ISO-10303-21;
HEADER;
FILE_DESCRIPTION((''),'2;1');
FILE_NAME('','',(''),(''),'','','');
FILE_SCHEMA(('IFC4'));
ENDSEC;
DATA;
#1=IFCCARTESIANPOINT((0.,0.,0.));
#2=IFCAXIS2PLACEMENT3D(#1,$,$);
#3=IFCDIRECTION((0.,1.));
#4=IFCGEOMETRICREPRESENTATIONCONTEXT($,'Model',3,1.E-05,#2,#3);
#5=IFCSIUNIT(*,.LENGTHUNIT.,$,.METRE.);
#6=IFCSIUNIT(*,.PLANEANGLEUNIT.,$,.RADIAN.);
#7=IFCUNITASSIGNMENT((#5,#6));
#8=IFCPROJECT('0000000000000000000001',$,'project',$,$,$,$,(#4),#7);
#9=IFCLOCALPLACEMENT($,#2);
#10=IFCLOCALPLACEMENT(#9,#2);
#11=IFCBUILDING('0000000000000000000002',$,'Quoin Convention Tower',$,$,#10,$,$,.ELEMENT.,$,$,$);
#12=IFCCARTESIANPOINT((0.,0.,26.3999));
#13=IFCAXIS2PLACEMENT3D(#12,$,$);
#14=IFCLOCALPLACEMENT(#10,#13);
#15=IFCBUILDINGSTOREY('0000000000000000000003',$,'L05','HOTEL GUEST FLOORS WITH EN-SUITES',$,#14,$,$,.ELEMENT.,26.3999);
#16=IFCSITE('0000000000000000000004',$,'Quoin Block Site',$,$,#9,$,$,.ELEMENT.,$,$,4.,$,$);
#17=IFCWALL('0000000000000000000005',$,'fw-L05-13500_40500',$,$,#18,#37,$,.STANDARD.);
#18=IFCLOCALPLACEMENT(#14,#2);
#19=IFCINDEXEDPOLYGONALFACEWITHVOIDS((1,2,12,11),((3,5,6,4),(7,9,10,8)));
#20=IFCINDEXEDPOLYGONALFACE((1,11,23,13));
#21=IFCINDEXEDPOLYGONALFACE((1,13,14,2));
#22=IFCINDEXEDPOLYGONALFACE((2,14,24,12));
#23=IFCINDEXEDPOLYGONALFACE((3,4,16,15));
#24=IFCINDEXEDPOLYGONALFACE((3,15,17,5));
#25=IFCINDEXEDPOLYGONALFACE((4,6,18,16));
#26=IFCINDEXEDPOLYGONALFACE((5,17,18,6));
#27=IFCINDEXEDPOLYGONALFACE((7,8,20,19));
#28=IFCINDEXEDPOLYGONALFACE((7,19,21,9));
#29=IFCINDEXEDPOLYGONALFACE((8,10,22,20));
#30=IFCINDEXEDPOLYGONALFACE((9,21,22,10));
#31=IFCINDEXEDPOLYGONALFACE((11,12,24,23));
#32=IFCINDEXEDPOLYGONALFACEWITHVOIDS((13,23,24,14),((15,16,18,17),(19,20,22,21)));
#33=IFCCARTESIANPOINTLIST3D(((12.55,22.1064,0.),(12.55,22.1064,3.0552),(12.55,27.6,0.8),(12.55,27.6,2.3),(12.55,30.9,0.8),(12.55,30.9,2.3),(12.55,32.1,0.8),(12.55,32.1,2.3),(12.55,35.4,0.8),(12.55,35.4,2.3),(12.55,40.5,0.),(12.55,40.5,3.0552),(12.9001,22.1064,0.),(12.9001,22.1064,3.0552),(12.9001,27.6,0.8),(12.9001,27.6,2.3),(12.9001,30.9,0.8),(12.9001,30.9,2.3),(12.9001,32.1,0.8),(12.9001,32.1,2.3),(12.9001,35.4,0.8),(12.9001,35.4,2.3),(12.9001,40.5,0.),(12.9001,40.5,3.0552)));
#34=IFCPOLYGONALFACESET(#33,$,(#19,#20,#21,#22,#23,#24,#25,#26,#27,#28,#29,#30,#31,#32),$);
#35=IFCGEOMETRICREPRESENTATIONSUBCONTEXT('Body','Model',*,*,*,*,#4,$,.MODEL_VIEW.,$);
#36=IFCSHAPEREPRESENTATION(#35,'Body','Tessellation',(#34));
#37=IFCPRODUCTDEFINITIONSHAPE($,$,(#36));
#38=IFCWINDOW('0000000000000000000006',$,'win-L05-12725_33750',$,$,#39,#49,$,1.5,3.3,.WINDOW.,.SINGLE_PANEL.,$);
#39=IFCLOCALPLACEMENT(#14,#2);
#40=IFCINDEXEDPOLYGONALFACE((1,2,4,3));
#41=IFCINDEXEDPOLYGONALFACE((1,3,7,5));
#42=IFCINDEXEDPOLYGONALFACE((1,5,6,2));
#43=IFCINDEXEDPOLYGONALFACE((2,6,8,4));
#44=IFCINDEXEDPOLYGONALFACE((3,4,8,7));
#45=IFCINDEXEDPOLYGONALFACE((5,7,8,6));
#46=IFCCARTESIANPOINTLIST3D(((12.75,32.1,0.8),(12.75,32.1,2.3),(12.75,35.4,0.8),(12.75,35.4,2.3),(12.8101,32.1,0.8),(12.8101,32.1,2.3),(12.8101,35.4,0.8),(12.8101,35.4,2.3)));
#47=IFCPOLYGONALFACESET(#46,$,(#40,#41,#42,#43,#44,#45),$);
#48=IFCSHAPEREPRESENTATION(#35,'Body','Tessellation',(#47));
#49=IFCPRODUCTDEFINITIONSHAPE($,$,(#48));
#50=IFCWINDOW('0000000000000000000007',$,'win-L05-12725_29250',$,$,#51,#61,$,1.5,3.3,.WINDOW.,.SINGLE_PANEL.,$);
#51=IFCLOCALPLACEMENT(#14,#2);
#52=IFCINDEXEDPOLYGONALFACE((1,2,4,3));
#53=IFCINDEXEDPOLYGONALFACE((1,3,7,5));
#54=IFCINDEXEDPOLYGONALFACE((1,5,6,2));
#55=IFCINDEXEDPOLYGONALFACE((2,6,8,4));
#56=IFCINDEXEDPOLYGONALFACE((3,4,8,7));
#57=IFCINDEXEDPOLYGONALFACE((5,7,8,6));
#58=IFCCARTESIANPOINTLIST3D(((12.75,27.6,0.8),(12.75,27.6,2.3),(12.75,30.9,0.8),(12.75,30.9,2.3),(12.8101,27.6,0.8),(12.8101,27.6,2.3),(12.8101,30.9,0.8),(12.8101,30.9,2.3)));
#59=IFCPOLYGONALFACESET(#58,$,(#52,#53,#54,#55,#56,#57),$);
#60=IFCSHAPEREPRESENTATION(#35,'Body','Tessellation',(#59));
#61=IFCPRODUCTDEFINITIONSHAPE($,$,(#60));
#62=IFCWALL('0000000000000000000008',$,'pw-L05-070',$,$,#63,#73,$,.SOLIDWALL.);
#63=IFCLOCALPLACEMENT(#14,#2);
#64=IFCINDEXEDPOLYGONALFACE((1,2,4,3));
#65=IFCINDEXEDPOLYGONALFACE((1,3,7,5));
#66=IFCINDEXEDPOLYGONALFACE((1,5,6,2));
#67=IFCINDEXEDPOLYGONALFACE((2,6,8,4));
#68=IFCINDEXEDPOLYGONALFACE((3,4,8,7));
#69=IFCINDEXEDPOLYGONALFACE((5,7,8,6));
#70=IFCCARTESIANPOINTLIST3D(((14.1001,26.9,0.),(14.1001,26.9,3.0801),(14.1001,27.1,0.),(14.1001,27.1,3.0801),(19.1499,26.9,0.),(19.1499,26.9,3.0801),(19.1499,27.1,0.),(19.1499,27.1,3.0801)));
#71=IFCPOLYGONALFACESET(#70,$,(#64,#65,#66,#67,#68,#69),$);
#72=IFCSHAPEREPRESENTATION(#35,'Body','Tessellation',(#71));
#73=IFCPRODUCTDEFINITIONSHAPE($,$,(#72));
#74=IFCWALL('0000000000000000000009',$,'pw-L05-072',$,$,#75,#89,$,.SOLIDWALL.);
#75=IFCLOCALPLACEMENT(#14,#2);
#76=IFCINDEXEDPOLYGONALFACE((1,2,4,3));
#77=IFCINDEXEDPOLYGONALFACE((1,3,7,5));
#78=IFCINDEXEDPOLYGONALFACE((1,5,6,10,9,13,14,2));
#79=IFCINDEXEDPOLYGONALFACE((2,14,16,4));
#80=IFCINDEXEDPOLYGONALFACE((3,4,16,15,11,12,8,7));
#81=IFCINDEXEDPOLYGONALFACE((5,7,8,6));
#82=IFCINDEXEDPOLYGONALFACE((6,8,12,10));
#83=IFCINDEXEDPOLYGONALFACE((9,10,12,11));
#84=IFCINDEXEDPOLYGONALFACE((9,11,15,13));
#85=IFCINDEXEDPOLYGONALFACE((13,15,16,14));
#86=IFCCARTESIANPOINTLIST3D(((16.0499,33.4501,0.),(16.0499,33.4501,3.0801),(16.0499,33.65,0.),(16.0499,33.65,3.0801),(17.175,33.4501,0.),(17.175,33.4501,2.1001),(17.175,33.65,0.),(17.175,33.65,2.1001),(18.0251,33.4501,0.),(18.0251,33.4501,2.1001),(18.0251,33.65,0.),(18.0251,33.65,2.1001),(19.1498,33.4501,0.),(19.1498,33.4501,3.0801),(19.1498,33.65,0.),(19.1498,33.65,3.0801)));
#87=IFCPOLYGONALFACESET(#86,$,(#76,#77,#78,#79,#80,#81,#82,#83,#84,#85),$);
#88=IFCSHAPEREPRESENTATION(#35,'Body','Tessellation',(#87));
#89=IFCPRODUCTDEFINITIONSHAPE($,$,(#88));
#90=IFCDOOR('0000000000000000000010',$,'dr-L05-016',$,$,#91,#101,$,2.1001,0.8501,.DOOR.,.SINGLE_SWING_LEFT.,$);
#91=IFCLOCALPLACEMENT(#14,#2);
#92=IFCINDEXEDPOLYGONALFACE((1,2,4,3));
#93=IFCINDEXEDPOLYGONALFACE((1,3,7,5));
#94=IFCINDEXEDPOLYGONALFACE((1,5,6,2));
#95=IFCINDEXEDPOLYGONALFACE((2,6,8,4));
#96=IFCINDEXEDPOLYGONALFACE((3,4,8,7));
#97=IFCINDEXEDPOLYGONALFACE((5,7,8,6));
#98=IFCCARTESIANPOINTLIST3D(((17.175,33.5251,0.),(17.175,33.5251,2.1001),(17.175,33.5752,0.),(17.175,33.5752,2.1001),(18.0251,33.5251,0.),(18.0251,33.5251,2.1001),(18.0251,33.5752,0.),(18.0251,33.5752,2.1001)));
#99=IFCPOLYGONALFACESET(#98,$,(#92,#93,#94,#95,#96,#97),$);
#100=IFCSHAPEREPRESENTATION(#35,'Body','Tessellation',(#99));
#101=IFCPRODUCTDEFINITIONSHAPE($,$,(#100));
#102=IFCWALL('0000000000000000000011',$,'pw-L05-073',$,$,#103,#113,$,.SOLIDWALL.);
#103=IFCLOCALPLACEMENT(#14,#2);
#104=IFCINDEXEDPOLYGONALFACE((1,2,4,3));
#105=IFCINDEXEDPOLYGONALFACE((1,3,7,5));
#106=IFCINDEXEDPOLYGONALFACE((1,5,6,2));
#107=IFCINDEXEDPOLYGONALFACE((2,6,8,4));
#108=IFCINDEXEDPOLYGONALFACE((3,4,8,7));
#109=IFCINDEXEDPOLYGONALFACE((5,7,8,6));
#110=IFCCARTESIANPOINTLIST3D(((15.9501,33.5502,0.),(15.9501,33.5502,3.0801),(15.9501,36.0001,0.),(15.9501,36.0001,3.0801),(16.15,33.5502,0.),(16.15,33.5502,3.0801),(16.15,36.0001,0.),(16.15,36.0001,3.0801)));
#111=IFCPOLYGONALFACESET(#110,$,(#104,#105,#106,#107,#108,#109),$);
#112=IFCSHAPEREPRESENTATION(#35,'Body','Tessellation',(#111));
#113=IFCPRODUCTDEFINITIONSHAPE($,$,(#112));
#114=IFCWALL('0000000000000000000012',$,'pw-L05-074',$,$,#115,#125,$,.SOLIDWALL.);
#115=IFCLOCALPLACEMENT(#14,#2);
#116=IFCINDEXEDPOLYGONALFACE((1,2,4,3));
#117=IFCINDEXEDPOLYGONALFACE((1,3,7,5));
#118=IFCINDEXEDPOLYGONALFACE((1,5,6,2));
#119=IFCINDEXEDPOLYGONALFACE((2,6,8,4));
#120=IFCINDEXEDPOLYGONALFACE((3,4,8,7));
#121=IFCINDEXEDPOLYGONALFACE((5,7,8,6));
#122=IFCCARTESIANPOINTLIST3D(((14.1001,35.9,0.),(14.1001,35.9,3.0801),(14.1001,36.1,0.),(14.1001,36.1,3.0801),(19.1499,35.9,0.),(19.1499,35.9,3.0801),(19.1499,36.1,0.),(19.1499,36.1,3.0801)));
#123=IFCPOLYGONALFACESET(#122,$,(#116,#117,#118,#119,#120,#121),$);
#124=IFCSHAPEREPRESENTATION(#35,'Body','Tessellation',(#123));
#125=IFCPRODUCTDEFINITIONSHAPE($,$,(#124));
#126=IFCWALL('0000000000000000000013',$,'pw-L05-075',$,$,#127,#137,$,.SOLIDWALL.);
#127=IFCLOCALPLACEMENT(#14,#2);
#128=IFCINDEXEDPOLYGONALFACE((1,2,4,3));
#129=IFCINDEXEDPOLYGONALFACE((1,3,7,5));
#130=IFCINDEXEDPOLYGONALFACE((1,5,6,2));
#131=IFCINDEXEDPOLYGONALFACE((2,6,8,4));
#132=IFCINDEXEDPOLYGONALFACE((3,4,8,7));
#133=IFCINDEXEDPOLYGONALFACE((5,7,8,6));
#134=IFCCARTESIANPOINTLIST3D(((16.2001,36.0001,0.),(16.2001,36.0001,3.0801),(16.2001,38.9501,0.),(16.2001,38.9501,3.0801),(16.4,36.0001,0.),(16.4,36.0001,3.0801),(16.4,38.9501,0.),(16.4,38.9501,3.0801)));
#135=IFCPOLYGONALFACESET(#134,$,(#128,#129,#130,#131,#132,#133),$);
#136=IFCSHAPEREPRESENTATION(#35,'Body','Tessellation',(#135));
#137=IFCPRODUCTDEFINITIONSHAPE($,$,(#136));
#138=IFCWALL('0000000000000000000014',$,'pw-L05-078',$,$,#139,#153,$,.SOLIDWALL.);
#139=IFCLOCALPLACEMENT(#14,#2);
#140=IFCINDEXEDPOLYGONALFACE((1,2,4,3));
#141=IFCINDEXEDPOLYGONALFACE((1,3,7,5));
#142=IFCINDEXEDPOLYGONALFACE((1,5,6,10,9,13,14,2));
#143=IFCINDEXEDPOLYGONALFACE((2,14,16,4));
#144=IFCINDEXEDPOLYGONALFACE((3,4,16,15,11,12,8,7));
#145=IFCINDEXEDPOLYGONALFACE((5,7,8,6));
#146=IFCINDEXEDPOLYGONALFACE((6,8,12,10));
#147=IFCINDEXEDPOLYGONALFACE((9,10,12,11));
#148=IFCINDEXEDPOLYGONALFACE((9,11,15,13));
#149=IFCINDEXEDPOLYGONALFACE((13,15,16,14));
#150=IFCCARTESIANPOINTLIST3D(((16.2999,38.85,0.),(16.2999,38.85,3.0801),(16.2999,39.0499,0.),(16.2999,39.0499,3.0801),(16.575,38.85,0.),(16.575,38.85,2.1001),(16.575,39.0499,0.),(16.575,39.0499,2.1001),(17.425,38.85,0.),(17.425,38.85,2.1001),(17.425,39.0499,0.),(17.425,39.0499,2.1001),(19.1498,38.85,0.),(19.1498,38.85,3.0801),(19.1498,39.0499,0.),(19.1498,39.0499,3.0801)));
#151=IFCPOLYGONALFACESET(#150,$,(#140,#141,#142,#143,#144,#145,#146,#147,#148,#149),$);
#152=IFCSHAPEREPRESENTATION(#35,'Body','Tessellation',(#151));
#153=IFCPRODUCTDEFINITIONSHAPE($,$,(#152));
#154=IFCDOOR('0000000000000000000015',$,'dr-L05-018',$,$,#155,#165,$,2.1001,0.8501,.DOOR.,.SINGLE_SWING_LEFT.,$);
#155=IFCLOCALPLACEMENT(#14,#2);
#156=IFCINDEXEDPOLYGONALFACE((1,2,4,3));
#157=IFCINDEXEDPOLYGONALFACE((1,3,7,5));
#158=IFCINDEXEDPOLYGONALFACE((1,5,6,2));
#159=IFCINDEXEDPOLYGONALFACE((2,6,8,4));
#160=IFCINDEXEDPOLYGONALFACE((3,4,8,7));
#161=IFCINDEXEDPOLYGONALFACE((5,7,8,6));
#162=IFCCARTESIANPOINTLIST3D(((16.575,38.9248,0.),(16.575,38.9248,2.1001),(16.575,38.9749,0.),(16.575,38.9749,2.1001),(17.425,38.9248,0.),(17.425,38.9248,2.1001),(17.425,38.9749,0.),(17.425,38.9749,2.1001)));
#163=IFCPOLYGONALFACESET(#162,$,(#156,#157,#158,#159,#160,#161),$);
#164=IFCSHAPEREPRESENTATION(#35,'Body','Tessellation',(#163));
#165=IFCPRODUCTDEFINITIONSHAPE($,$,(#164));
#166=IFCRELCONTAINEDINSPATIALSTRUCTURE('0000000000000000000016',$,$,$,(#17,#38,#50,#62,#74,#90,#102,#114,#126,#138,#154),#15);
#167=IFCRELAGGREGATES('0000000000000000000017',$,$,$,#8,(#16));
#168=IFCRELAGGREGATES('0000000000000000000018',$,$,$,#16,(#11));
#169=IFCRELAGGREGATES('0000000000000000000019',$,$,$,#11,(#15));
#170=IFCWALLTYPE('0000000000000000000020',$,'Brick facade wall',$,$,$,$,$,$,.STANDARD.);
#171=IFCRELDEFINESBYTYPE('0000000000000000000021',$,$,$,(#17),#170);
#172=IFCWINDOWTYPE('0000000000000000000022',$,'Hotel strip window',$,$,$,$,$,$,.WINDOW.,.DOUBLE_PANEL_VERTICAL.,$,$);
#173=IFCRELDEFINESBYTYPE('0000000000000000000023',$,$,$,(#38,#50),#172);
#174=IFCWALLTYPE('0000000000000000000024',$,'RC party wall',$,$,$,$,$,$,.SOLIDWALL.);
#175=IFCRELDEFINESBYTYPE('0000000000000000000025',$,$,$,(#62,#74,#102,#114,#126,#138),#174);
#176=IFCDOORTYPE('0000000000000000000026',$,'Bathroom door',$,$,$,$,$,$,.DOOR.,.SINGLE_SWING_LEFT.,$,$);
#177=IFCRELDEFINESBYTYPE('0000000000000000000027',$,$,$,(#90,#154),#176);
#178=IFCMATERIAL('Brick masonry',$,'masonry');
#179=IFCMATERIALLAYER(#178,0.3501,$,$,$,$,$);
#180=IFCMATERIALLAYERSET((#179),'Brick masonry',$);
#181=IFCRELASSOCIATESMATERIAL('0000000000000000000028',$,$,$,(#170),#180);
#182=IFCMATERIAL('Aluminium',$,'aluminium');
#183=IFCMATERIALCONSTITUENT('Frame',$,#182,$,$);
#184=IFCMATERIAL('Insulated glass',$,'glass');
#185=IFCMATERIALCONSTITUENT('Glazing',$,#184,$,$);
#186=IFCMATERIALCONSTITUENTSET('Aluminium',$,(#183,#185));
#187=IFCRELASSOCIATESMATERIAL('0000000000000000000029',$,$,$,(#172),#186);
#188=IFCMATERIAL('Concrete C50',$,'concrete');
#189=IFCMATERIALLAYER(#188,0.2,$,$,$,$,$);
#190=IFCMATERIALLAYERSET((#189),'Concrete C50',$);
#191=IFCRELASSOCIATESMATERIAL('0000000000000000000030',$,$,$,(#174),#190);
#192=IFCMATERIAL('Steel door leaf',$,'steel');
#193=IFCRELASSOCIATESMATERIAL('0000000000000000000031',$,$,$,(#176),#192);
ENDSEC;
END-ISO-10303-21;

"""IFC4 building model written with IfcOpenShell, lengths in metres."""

from ifc_helpers import new_model, si_unit, direction, frame, frame_2d, origin, place, context, subcontext, project, spatial, rectangle, extrude, material, layer, layer_set, constituent, constituent_set, type_object, element, fill, save


model = new_model("IFC4")

# Units and contexts
model_context = context("Model", 3, precision=1e-05, world=origin(), true_north=direction((0.0, 1.0)))
body_context = subcontext(model_context, "Body", "Model", "MODEL_VIEW")
ifc_project = project(units=[si_unit("LENGTHUNIT", "METRE"), si_unit("PLANEANGLEUNIT", "RADIAN")], contexts=[model_context])

# Site, building, storey
site_placement = place(None, origin())
site = spatial("IfcSite", under=ifc_project, at=site_placement, Name="Quoin Block Site", CompositionType="ELEMENT", RefElevation=4.0)
building_placement = place(site_placement, origin())
building = spatial("IfcBuilding", under=site, at=building_placement, Name="Quoin Convention Tower", CompositionType="ELEMENT")
storey_placement = place(building_placement, frame((0.0, 0.0, 26.3999)))
storey = spatial("IfcBuildingStorey", under=building, at=storey_placement, Name="L05", Description="HOTEL GUEST FLOORS WITH EN-SUITES", CompositionType="ELEMENT", Elevation=26.3999)

# Wall, openings, windows
ifc_material_1 = material(Name="Brick masonry", Category="masonry")
ifc_layer_1 = layer(ifc_material_1, 0.3501)
ifc_layer_set_1 = layer_set([ifc_layer_1], Name="Brick masonry")
wall_type_1 = type_object("IfcWallType", Name="Brick facade wall", PredefinedType="STANDARD", material=ifc_layer_set_1)
wall_1_placement = place(storey_placement, frame((12.7251, 40.5, 0.0), z_axis=(0.0, 0.0, 1.0), x_axis=(0.0, -1.0, 0.0)))
wall_1 = element("IfcWall", 1, at=wall_1_placement, inside=storey, type_object=wall_type_1, Name="fw-L05-13500_40500", PredefinedType="STANDARD", context=body_context, shape_type="SweptSolid", body=[
    extrude(rectangle(XDim=18.3936, YDim=0.3501, at=frame_2d((9.1968, 0.0))), origin(), (0.0, 0.0, 1.0), 3.0552),
])
opening_1_placement = place(wall_1_placement, frame((5.1001, 0.0, 0.8)))
opening_1 = element("IfcOpeningElement", 2, at=opening_1_placement, cuts=wall_1, PredefinedType="OPENING", context=body_context, shape_type="SweptSolid", body=[
    extrude(rectangle(XDim=3.3, YDim=1.5, at=frame_2d((1.6499, 0.75))), frame((0.0, 0.1851, 0.0), z_axis=(0.0, -1.0, 0.0), x_axis=(1.0, 0.0, 0.0)), (0.0, 0.0, 1.0), 0.3701),
])
opening_2_placement = place(wall_1_placement, frame((9.6001, 0.0, 0.8)))
opening_2 = element("IfcOpeningElement", 3, at=opening_2_placement, cuts=wall_1, PredefinedType="OPENING", context=body_context, shape_type="SweptSolid", body=[
    extrude(rectangle(XDim=3.3, YDim=1.5, at=frame_2d((1.6499, 0.75))), frame((0.0, 0.1851, 0.0), z_axis=(0.0, -1.0, 0.0), x_axis=(1.0, 0.0, 0.0)), (0.0, 0.0, 1.0), 0.3701),
])
ifc_material_2 = material(Name="Aluminium", Category="aluminium")
ifc_constituent_1 = constituent(ifc_material_2, Name="Frame")
ifc_material_3 = material(Name="Insulated glass", Category="glass")
ifc_constituent_2 = constituent(ifc_material_3, Name="Glazing")
ifc_constituent_set = constituent_set(constituents=[ifc_constituent_1, ifc_constituent_2], Name="Aluminium")
window_type = type_object("IfcWindowType", Name="Hotel strip window", PartitioningType="DOUBLE_PANEL_VERTICAL", PredefinedType="WINDOW", material=ifc_constituent_set)
window_1_placement = place(opening_1_placement, origin())
window_1 = element("IfcWindow", 4, at=window_1_placement, inside=storey, type_object=window_type, Name="win-L05-12725_33750", OverallHeight=1.5, OverallWidth=3.3, PartitioningType="SINGLE_PANEL", PredefinedType="WINDOW", context=body_context, shape_type="SweptSolid", body=[
    extrude(rectangle(XDim=3.3, YDim=1.5, at=frame_2d((1.6499, 0.75))), frame((0.0, 0.085, 0.0), z_axis=(0.0, -1.0, 0.0), x_axis=(1.0, 0.0, 0.0)), (0.0, 0.0, 1.0), 0.0601),
])
fill(opening_1, window_1)
window_2_placement = place(opening_2_placement, origin())
window_2 = element("IfcWindow", 5, at=window_2_placement, inside=storey, type_object=window_type, Name="win-L05-12725_29250", OverallHeight=1.5, OverallWidth=3.3, PartitioningType="SINGLE_PANEL", PredefinedType="WINDOW", context=body_context, shape_type="SweptSolid", body=[
    extrude(rectangle(XDim=3.3, YDim=1.5, at=frame_2d((1.6499, 0.75))), frame((0.0, 0.085, 0.0), z_axis=(0.0, -1.0, 0.0), x_axis=(1.0, 0.0, 0.0)), (0.0, 0.0, 1.0), 0.0601),
])
fill(opening_2, window_2)

# Wall
ifc_material_4 = material(Name="Concrete C50", Category="concrete")
ifc_layer_2 = layer(ifc_material_4, 0.2)
ifc_layer_set_2 = layer_set([ifc_layer_2], Name="Concrete C50")
wall_type_2 = type_object("IfcWallType", Name="RC party wall", PredefinedType="SOLIDWALL", material=ifc_layer_set_2)
wall_2_placement = place(storey_placement, frame((14.1001, 27.0, 0.0), z_axis=(0.0, 0.0, 1.0), x_axis=(1.0, 0.0, 0.0)))
element("IfcWall", 6, at=wall_2_placement, inside=storey, type_object=wall_type_2, Name="pw-L05-070", PredefinedType="SOLIDWALL", context=body_context, shape_type="SweptSolid", body=[
    extrude(rectangle(XDim=5.0498, YDim=0.2, at=frame_2d((2.5249, 0.0))), origin(), (0.0, 0.0, 1.0), 3.0801),
])

# Wall, opening, door
wall_3_placement = place(storey_placement, frame((16.05, 33.55, 0.0), z_axis=(0.0, 0.0, 1.0), x_axis=(1.0, 0.0, 0.0)))
wall_3 = element("IfcWall", 7, at=wall_3_placement, inside=storey, type_object=wall_type_2, Name="pw-L05-072", PredefinedType="SOLIDWALL", context=body_context, shape_type="SweptSolid", body=[
    extrude(rectangle(XDim=3.0999, YDim=0.2, at=frame_2d((1.5498, 0.0))), origin(), (0.0, 0.0, 1.0), 3.0801),
])
opening_3_placement = place(wall_3_placement, frame((1.125, 0.0, 0.0)))
opening_3 = element("IfcOpeningElement", 8, at=opening_3_placement, cuts=wall_3, PredefinedType="OPENING", context=body_context, shape_type="SweptSolid", body=[
    extrude(rectangle(XDim=0.8501, YDim=2.1001, at=frame_2d((0.425, 1.05))), frame((0.0, 0.1099, 0.0), z_axis=(0.0, -1.0, 0.0), x_axis=(1.0, 0.0, 0.0)), (0.0, 0.0, 1.0), 0.22),
])
ifc_material_5 = material(Name="Steel door leaf", Category="steel")
door_type_1 = type_object("IfcDoorType", Name="Bathroom door", OperationType="SINGLE_SWING_LEFT", PredefinedType="DOOR", material=ifc_material_5)
door_1_placement = place(opening_3_placement, frame((0.8501, 0.0, 0.0), z_axis=(0.0, 0.0, 1.0), x_axis=(-1.0, 0.0, 0.0)))
door_1 = element("IfcDoor", 9, at=door_1_placement, inside=storey, type_object=door_type_1, Name="dr-L05-016", OperationType="SINGLE_SWING_LEFT", OverallHeight=2.1001, OverallWidth=0.8501, PredefinedType="DOOR", context=body_context, shape_type="SweptSolid", body=[
    extrude(rectangle(XDim=0.8501, YDim=2.1001, at=frame_2d((0.425, 1.05))), frame((0.0, 0.0249, 0.0), z_axis=(0.0, -1.0, 0.0), x_axis=(1.0, 0.0, 0.0)), (0.0, 0.0, 1.0), 0.05),
])
fill(opening_3, door_1)

# Walls
wall_4_placement = place(storey_placement, frame((16.05, 33.55, 0.0), z_axis=(0.0, 0.0, 1.0), x_axis=(0.0, 1.0, 0.0)))
element("IfcWall", 10, at=wall_4_placement, inside=storey, type_object=wall_type_2, Name="pw-L05-073", PredefinedType="SOLIDWALL", context=body_context, shape_type="SweptSolid", body=[
    extrude(rectangle(XDim=2.45, YDim=0.2, at=frame_2d((1.2251, 0.0))), origin(), (0.0, 0.0, 1.0), 3.0801),
])
wall_5_placement = place(storey_placement, frame((14.1001, 36.0, 0.0), z_axis=(0.0, 0.0, 1.0), x_axis=(1.0, 0.0, 0.0)))
element("IfcWall", 11, at=wall_5_placement, inside=storey, type_object=wall_type_2, Name="pw-L05-074", PredefinedType="SOLIDWALL", context=body_context, shape_type="SweptSolid", body=[
    extrude(rectangle(XDim=5.0498, YDim=0.2, at=frame_2d((2.5249, 0.0))), origin(), (0.0, 0.0, 1.0), 3.0801),
])
wall_6_placement = place(storey_placement, frame((16.3, 36.0, 0.0), z_axis=(0.0, 0.0, 1.0), x_axis=(0.0, 1.0, 0.0)))
element("IfcWall", 12, at=wall_6_placement, inside=storey, type_object=wall_type_2, Name="pw-L05-075", PredefinedType="SOLIDWALL", context=body_context, shape_type="SweptSolid", body=[
    extrude(rectangle(XDim=2.95, YDim=0.2, at=frame_2d((1.4751, 0.0))), origin(), (0.0, 0.0, 1.0), 3.0801),
])

# Wall, opening, door
wall_7_placement = place(storey_placement, frame((16.3, 38.95, 0.0), z_axis=(0.0, 0.0, 1.0), x_axis=(1.0, 0.0, 0.0)))
wall_7 = element("IfcWall", 13, at=wall_7_placement, inside=storey, type_object=wall_type_2, Name="pw-L05-078", PredefinedType="SOLIDWALL", context=body_context, shape_type="SweptSolid", body=[
    extrude(rectangle(XDim=2.8499, YDim=0.2, at=frame_2d((1.4248, 0.0))), origin(), (0.0, 0.0, 1.0), 3.0801),
])
opening_4_placement = place(wall_7_placement, frame((0.2749, 0.0, 0.0)))
opening_4 = element("IfcOpeningElement", 14, at=opening_4_placement, cuts=wall_7, PredefinedType="OPENING", context=body_context, shape_type="SweptSolid", body=[
    extrude(rectangle(XDim=0.8501, YDim=2.1001, at=frame_2d((0.425, 1.05))), frame((0.0, 0.1099, 0.0), z_axis=(0.0, -1.0, 0.0), x_axis=(1.0, 0.0, 0.0)), (0.0, 0.0, 1.0), 0.22),
])
door_2_placement = place(opening_4_placement, origin())
door_2 = element("IfcDoor", 15, at=door_2_placement, inside=storey, type_object=door_type_1, Name="dr-L05-018", OperationType="SINGLE_SWING_LEFT", OverallHeight=2.1001, OverallWidth=0.8501, PredefinedType="DOOR", context=body_context, shape_type="SweptSolid", body=[
    extrude(rectangle(XDim=0.8501, YDim=2.1001, at=frame_2d((0.425, 1.05))), frame((0.0, 0.0249, 0.0), z_axis=(0.0, -1.0, 0.0), x_axis=(1.0, 0.0, 0.0)), (0.0, 0.0, 1.0), 0.05),
])
fill(opening_4, door_2)

save(model, "model.ifc")
